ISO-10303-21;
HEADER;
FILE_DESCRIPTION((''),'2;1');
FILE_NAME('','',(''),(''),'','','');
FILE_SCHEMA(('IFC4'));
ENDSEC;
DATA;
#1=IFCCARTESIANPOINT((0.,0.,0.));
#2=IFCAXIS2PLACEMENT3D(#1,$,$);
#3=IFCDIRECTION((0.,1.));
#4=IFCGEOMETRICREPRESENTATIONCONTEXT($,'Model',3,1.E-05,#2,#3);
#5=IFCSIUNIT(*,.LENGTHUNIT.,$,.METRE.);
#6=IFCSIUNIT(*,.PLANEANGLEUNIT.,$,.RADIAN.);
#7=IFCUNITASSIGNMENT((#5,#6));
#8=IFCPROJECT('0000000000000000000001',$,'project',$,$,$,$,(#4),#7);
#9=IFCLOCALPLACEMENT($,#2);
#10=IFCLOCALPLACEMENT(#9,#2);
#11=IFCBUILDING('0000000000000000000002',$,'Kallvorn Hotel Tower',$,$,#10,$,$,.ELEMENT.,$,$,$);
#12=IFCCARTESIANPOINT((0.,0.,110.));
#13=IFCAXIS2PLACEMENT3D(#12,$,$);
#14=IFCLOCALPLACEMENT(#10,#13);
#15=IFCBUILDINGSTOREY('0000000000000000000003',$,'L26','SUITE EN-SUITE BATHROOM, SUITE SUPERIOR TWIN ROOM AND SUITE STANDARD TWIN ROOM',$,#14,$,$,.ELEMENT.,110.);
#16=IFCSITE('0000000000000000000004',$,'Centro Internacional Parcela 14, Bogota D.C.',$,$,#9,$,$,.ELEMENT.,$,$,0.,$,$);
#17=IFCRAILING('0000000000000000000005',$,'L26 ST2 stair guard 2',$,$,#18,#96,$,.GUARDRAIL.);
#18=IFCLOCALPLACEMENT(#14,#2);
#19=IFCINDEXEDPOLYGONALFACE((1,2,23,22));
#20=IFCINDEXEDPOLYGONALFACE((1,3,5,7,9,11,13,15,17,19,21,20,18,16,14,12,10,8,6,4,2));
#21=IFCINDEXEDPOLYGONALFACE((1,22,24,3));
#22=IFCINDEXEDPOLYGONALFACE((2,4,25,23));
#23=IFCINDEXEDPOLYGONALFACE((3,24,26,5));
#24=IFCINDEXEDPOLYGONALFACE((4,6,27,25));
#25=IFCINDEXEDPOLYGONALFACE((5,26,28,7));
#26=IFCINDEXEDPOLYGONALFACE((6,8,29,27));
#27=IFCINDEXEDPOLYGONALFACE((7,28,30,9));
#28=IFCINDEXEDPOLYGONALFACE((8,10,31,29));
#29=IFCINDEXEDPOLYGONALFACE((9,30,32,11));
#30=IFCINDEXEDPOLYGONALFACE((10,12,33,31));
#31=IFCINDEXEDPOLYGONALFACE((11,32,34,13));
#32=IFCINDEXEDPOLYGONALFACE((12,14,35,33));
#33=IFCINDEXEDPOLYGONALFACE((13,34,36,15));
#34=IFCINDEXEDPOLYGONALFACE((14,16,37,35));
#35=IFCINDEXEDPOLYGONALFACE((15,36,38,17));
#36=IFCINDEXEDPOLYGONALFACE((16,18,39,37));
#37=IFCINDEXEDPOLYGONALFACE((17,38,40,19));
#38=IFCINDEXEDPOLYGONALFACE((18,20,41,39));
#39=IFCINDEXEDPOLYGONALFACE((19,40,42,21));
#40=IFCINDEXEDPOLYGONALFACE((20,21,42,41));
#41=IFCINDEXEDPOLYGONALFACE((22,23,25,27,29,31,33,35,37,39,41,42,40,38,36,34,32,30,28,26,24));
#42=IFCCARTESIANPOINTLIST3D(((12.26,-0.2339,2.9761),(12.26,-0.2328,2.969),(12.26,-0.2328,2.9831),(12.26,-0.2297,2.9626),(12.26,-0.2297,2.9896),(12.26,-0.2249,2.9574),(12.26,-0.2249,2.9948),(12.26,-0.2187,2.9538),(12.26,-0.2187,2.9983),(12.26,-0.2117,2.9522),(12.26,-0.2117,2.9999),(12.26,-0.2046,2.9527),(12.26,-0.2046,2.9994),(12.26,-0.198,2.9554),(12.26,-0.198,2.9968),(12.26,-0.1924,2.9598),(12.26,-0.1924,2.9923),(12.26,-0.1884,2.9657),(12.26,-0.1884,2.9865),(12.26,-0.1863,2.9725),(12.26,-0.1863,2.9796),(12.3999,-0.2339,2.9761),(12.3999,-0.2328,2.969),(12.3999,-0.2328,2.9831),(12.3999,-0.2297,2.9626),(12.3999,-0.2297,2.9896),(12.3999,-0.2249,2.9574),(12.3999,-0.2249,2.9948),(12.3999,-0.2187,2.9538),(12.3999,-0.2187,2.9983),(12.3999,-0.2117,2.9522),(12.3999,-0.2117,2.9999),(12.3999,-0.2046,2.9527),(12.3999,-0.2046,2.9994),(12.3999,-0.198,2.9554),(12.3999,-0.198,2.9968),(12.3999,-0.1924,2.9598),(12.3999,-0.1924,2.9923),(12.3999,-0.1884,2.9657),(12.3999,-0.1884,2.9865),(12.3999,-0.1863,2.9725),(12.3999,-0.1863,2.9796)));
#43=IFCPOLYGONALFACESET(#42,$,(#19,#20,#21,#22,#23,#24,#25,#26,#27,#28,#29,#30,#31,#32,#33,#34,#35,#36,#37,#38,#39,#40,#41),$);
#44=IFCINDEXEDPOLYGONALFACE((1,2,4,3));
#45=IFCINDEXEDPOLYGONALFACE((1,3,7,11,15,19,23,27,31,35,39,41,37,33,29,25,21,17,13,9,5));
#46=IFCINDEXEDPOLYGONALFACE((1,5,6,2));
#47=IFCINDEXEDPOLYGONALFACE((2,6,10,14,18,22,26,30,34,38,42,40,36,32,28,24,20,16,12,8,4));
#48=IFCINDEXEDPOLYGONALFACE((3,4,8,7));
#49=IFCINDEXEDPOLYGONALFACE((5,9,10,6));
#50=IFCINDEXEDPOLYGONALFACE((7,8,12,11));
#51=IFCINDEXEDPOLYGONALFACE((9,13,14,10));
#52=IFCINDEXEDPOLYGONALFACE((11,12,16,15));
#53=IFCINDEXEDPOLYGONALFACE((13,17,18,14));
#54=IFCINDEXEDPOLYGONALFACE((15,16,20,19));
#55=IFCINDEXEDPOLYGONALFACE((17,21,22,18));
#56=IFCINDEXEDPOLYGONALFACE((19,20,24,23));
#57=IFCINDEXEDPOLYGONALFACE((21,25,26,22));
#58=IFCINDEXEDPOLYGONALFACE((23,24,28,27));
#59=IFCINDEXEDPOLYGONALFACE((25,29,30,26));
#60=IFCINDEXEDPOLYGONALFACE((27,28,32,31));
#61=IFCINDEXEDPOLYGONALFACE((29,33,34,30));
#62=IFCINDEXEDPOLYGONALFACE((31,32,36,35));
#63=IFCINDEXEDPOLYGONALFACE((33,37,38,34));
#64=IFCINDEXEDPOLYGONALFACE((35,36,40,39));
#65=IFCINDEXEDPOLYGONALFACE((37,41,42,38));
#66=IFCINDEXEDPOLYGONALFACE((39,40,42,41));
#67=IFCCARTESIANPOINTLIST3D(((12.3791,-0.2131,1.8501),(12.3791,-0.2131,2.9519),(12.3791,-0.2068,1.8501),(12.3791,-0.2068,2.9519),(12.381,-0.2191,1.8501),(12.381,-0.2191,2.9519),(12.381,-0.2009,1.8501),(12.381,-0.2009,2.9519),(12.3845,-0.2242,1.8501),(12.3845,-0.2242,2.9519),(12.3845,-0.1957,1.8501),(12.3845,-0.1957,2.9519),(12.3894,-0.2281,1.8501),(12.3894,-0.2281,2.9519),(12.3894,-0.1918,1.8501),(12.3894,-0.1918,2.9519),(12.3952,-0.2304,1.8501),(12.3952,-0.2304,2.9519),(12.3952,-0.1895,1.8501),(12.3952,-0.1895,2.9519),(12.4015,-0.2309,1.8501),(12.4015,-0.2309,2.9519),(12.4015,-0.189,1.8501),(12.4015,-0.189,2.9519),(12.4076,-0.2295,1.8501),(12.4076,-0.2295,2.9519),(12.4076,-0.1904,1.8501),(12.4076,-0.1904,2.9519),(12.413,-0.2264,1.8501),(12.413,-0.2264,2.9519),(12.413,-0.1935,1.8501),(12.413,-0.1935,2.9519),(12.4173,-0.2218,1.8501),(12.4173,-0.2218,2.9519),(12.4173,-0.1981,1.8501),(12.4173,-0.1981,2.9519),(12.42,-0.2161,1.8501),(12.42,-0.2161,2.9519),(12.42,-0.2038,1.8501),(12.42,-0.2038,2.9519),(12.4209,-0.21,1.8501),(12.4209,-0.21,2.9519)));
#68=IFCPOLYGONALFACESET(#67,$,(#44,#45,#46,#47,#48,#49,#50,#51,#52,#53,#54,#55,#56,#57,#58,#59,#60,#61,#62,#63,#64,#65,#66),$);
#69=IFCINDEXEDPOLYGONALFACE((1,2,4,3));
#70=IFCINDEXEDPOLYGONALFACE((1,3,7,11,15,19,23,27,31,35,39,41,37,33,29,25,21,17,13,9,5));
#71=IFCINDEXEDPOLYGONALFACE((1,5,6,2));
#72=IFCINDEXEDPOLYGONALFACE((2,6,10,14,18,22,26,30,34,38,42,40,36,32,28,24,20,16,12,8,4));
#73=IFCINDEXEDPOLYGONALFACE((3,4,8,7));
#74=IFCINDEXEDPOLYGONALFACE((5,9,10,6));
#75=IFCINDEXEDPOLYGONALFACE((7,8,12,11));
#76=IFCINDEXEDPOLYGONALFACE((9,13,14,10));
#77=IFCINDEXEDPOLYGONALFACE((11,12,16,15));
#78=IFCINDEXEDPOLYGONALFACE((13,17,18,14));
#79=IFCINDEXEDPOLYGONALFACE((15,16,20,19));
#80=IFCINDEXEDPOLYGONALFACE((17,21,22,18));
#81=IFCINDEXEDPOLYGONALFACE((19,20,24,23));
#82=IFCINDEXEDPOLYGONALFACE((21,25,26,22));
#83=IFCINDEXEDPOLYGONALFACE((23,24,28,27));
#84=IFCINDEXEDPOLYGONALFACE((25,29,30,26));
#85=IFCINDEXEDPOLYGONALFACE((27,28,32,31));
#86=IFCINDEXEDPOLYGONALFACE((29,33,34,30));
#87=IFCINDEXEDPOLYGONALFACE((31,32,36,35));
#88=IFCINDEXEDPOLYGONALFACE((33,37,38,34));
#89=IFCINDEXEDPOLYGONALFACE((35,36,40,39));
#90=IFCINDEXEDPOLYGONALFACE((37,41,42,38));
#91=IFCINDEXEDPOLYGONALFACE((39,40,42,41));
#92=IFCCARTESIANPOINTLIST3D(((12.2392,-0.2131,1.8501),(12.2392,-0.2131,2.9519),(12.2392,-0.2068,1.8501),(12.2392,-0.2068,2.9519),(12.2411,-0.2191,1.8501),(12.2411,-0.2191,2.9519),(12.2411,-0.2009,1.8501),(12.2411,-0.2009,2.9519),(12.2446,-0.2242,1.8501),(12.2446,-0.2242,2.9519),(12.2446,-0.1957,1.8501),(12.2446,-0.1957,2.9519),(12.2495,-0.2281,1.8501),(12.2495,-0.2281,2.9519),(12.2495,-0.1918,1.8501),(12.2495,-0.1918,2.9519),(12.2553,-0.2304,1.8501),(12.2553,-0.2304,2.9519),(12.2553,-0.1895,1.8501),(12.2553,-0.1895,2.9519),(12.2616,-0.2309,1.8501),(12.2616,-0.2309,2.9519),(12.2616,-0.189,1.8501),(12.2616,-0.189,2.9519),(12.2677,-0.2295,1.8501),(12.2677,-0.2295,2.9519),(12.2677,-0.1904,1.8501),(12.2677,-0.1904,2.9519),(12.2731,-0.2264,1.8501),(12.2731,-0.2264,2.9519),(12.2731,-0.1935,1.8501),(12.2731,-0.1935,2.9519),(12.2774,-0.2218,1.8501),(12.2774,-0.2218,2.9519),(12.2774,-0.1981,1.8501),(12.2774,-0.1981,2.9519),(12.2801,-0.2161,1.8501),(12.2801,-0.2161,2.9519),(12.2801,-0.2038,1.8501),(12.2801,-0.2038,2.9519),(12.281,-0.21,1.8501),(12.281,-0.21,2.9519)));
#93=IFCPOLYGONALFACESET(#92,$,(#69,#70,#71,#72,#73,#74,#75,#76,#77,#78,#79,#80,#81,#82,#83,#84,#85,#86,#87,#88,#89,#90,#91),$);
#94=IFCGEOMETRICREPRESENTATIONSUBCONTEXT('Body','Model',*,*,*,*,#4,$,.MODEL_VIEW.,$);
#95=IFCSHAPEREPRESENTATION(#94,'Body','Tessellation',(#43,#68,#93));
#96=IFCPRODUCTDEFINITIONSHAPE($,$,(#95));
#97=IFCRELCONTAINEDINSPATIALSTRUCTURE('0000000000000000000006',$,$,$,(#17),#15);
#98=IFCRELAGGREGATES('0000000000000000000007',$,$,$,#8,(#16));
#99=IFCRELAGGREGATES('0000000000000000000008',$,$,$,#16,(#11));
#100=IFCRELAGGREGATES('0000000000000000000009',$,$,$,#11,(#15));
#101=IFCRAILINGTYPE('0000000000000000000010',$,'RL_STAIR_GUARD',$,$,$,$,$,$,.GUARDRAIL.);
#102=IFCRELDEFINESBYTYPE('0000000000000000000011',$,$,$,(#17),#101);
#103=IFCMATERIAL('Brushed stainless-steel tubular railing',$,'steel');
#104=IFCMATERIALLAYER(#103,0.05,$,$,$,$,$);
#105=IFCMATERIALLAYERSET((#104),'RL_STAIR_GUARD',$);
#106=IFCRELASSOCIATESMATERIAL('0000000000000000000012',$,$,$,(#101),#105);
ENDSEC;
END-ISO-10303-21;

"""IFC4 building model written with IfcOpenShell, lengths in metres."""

from ifc_helpers import new_model, si_unit, direction, frame, origin, origin_2d, place, context, subcontext, project, spatial, circle, extrude, material, layer, layer_set, type_object, element, save


model = new_model("IFC4")

# Units and contexts
model_context = context("Model", 3, precision=1e-05, world=origin(), true_north=direction((0.0, 1.0)))
body_context = subcontext(model_context, "Body", "Model", "MODEL_VIEW")
ifc_project = project(units=[si_unit("LENGTHUNIT", "METRE"), si_unit("PLANEANGLEUNIT", "RADIAN")], contexts=[model_context])

# Site, building, storey
site_placement = place(None, origin())
site = spatial("IfcSite", under=ifc_project, at=site_placement, Name="Centro Internacional Parcela 14, Bogota D.C.", CompositionType="ELEMENT", RefElevation=0.0)
building_placement = place(site_placement, origin())
building = spatial("IfcBuilding", under=site, at=building_placement, Name="Kallvorn Hotel Tower", CompositionType="ELEMENT")
storey_placement = place(building_placement, frame((0.0, 0.0, 110.0)))
storey = spatial("IfcBuildingStorey", under=building, at=storey_placement, Name="L26", Description="SUITE EN-SUITE BATHROOM, SUITE SUPERIOR TWIN ROOM AND SUITE STANDARD TWIN ROOM", CompositionType="ELEMENT", Elevation=110.0)

# Railing
ifc_material_1 = material(Name="Brushed stainless-steel tubular railing", Category="steel")
ifc_layer_1 = layer(ifc_material_1, 0.05)
ifc_layer_set_1 = layer_set([ifc_layer_1], Name="RL_STAIR_GUARD")
railing_type_1 = type_object("IfcRailingType", Name="RL_STAIR_GUARD", PredefinedType="GUARDRAIL", material=ifc_layer_set_1)
railing_1_placement = place(storey_placement, frame((12.3999, -0.21, 1.8501)))
element("IfcRailing", 1, at=railing_1_placement, inside=storey, type_object=railing_type_1, Name="L26 ST2 stair guard 2", PredefinedType="GUARDRAIL", context=body_context, shape_type="SweptSolid", body=[
    extrude(circle(Radius=0.0239, at=origin_2d()), frame((0.0, 0.0, 1.126), z_axis=(-1.0, 0.0, 0.0), x_axis=(0.0, -1.0, 0.0)), (0.0, 0.0, 1.0), 0.1399),
    extrude(circle(Radius=0.021, at=origin_2d()), origin(), (0.0, 0.0, 1.0), 1.1018),
    extrude(circle(Radius=0.021, at=origin_2d()), frame((-0.1399, 0.0, 0.0)), (0.0, 0.0, 1.0), 1.1018),
])

save(model, "model.ifc")
